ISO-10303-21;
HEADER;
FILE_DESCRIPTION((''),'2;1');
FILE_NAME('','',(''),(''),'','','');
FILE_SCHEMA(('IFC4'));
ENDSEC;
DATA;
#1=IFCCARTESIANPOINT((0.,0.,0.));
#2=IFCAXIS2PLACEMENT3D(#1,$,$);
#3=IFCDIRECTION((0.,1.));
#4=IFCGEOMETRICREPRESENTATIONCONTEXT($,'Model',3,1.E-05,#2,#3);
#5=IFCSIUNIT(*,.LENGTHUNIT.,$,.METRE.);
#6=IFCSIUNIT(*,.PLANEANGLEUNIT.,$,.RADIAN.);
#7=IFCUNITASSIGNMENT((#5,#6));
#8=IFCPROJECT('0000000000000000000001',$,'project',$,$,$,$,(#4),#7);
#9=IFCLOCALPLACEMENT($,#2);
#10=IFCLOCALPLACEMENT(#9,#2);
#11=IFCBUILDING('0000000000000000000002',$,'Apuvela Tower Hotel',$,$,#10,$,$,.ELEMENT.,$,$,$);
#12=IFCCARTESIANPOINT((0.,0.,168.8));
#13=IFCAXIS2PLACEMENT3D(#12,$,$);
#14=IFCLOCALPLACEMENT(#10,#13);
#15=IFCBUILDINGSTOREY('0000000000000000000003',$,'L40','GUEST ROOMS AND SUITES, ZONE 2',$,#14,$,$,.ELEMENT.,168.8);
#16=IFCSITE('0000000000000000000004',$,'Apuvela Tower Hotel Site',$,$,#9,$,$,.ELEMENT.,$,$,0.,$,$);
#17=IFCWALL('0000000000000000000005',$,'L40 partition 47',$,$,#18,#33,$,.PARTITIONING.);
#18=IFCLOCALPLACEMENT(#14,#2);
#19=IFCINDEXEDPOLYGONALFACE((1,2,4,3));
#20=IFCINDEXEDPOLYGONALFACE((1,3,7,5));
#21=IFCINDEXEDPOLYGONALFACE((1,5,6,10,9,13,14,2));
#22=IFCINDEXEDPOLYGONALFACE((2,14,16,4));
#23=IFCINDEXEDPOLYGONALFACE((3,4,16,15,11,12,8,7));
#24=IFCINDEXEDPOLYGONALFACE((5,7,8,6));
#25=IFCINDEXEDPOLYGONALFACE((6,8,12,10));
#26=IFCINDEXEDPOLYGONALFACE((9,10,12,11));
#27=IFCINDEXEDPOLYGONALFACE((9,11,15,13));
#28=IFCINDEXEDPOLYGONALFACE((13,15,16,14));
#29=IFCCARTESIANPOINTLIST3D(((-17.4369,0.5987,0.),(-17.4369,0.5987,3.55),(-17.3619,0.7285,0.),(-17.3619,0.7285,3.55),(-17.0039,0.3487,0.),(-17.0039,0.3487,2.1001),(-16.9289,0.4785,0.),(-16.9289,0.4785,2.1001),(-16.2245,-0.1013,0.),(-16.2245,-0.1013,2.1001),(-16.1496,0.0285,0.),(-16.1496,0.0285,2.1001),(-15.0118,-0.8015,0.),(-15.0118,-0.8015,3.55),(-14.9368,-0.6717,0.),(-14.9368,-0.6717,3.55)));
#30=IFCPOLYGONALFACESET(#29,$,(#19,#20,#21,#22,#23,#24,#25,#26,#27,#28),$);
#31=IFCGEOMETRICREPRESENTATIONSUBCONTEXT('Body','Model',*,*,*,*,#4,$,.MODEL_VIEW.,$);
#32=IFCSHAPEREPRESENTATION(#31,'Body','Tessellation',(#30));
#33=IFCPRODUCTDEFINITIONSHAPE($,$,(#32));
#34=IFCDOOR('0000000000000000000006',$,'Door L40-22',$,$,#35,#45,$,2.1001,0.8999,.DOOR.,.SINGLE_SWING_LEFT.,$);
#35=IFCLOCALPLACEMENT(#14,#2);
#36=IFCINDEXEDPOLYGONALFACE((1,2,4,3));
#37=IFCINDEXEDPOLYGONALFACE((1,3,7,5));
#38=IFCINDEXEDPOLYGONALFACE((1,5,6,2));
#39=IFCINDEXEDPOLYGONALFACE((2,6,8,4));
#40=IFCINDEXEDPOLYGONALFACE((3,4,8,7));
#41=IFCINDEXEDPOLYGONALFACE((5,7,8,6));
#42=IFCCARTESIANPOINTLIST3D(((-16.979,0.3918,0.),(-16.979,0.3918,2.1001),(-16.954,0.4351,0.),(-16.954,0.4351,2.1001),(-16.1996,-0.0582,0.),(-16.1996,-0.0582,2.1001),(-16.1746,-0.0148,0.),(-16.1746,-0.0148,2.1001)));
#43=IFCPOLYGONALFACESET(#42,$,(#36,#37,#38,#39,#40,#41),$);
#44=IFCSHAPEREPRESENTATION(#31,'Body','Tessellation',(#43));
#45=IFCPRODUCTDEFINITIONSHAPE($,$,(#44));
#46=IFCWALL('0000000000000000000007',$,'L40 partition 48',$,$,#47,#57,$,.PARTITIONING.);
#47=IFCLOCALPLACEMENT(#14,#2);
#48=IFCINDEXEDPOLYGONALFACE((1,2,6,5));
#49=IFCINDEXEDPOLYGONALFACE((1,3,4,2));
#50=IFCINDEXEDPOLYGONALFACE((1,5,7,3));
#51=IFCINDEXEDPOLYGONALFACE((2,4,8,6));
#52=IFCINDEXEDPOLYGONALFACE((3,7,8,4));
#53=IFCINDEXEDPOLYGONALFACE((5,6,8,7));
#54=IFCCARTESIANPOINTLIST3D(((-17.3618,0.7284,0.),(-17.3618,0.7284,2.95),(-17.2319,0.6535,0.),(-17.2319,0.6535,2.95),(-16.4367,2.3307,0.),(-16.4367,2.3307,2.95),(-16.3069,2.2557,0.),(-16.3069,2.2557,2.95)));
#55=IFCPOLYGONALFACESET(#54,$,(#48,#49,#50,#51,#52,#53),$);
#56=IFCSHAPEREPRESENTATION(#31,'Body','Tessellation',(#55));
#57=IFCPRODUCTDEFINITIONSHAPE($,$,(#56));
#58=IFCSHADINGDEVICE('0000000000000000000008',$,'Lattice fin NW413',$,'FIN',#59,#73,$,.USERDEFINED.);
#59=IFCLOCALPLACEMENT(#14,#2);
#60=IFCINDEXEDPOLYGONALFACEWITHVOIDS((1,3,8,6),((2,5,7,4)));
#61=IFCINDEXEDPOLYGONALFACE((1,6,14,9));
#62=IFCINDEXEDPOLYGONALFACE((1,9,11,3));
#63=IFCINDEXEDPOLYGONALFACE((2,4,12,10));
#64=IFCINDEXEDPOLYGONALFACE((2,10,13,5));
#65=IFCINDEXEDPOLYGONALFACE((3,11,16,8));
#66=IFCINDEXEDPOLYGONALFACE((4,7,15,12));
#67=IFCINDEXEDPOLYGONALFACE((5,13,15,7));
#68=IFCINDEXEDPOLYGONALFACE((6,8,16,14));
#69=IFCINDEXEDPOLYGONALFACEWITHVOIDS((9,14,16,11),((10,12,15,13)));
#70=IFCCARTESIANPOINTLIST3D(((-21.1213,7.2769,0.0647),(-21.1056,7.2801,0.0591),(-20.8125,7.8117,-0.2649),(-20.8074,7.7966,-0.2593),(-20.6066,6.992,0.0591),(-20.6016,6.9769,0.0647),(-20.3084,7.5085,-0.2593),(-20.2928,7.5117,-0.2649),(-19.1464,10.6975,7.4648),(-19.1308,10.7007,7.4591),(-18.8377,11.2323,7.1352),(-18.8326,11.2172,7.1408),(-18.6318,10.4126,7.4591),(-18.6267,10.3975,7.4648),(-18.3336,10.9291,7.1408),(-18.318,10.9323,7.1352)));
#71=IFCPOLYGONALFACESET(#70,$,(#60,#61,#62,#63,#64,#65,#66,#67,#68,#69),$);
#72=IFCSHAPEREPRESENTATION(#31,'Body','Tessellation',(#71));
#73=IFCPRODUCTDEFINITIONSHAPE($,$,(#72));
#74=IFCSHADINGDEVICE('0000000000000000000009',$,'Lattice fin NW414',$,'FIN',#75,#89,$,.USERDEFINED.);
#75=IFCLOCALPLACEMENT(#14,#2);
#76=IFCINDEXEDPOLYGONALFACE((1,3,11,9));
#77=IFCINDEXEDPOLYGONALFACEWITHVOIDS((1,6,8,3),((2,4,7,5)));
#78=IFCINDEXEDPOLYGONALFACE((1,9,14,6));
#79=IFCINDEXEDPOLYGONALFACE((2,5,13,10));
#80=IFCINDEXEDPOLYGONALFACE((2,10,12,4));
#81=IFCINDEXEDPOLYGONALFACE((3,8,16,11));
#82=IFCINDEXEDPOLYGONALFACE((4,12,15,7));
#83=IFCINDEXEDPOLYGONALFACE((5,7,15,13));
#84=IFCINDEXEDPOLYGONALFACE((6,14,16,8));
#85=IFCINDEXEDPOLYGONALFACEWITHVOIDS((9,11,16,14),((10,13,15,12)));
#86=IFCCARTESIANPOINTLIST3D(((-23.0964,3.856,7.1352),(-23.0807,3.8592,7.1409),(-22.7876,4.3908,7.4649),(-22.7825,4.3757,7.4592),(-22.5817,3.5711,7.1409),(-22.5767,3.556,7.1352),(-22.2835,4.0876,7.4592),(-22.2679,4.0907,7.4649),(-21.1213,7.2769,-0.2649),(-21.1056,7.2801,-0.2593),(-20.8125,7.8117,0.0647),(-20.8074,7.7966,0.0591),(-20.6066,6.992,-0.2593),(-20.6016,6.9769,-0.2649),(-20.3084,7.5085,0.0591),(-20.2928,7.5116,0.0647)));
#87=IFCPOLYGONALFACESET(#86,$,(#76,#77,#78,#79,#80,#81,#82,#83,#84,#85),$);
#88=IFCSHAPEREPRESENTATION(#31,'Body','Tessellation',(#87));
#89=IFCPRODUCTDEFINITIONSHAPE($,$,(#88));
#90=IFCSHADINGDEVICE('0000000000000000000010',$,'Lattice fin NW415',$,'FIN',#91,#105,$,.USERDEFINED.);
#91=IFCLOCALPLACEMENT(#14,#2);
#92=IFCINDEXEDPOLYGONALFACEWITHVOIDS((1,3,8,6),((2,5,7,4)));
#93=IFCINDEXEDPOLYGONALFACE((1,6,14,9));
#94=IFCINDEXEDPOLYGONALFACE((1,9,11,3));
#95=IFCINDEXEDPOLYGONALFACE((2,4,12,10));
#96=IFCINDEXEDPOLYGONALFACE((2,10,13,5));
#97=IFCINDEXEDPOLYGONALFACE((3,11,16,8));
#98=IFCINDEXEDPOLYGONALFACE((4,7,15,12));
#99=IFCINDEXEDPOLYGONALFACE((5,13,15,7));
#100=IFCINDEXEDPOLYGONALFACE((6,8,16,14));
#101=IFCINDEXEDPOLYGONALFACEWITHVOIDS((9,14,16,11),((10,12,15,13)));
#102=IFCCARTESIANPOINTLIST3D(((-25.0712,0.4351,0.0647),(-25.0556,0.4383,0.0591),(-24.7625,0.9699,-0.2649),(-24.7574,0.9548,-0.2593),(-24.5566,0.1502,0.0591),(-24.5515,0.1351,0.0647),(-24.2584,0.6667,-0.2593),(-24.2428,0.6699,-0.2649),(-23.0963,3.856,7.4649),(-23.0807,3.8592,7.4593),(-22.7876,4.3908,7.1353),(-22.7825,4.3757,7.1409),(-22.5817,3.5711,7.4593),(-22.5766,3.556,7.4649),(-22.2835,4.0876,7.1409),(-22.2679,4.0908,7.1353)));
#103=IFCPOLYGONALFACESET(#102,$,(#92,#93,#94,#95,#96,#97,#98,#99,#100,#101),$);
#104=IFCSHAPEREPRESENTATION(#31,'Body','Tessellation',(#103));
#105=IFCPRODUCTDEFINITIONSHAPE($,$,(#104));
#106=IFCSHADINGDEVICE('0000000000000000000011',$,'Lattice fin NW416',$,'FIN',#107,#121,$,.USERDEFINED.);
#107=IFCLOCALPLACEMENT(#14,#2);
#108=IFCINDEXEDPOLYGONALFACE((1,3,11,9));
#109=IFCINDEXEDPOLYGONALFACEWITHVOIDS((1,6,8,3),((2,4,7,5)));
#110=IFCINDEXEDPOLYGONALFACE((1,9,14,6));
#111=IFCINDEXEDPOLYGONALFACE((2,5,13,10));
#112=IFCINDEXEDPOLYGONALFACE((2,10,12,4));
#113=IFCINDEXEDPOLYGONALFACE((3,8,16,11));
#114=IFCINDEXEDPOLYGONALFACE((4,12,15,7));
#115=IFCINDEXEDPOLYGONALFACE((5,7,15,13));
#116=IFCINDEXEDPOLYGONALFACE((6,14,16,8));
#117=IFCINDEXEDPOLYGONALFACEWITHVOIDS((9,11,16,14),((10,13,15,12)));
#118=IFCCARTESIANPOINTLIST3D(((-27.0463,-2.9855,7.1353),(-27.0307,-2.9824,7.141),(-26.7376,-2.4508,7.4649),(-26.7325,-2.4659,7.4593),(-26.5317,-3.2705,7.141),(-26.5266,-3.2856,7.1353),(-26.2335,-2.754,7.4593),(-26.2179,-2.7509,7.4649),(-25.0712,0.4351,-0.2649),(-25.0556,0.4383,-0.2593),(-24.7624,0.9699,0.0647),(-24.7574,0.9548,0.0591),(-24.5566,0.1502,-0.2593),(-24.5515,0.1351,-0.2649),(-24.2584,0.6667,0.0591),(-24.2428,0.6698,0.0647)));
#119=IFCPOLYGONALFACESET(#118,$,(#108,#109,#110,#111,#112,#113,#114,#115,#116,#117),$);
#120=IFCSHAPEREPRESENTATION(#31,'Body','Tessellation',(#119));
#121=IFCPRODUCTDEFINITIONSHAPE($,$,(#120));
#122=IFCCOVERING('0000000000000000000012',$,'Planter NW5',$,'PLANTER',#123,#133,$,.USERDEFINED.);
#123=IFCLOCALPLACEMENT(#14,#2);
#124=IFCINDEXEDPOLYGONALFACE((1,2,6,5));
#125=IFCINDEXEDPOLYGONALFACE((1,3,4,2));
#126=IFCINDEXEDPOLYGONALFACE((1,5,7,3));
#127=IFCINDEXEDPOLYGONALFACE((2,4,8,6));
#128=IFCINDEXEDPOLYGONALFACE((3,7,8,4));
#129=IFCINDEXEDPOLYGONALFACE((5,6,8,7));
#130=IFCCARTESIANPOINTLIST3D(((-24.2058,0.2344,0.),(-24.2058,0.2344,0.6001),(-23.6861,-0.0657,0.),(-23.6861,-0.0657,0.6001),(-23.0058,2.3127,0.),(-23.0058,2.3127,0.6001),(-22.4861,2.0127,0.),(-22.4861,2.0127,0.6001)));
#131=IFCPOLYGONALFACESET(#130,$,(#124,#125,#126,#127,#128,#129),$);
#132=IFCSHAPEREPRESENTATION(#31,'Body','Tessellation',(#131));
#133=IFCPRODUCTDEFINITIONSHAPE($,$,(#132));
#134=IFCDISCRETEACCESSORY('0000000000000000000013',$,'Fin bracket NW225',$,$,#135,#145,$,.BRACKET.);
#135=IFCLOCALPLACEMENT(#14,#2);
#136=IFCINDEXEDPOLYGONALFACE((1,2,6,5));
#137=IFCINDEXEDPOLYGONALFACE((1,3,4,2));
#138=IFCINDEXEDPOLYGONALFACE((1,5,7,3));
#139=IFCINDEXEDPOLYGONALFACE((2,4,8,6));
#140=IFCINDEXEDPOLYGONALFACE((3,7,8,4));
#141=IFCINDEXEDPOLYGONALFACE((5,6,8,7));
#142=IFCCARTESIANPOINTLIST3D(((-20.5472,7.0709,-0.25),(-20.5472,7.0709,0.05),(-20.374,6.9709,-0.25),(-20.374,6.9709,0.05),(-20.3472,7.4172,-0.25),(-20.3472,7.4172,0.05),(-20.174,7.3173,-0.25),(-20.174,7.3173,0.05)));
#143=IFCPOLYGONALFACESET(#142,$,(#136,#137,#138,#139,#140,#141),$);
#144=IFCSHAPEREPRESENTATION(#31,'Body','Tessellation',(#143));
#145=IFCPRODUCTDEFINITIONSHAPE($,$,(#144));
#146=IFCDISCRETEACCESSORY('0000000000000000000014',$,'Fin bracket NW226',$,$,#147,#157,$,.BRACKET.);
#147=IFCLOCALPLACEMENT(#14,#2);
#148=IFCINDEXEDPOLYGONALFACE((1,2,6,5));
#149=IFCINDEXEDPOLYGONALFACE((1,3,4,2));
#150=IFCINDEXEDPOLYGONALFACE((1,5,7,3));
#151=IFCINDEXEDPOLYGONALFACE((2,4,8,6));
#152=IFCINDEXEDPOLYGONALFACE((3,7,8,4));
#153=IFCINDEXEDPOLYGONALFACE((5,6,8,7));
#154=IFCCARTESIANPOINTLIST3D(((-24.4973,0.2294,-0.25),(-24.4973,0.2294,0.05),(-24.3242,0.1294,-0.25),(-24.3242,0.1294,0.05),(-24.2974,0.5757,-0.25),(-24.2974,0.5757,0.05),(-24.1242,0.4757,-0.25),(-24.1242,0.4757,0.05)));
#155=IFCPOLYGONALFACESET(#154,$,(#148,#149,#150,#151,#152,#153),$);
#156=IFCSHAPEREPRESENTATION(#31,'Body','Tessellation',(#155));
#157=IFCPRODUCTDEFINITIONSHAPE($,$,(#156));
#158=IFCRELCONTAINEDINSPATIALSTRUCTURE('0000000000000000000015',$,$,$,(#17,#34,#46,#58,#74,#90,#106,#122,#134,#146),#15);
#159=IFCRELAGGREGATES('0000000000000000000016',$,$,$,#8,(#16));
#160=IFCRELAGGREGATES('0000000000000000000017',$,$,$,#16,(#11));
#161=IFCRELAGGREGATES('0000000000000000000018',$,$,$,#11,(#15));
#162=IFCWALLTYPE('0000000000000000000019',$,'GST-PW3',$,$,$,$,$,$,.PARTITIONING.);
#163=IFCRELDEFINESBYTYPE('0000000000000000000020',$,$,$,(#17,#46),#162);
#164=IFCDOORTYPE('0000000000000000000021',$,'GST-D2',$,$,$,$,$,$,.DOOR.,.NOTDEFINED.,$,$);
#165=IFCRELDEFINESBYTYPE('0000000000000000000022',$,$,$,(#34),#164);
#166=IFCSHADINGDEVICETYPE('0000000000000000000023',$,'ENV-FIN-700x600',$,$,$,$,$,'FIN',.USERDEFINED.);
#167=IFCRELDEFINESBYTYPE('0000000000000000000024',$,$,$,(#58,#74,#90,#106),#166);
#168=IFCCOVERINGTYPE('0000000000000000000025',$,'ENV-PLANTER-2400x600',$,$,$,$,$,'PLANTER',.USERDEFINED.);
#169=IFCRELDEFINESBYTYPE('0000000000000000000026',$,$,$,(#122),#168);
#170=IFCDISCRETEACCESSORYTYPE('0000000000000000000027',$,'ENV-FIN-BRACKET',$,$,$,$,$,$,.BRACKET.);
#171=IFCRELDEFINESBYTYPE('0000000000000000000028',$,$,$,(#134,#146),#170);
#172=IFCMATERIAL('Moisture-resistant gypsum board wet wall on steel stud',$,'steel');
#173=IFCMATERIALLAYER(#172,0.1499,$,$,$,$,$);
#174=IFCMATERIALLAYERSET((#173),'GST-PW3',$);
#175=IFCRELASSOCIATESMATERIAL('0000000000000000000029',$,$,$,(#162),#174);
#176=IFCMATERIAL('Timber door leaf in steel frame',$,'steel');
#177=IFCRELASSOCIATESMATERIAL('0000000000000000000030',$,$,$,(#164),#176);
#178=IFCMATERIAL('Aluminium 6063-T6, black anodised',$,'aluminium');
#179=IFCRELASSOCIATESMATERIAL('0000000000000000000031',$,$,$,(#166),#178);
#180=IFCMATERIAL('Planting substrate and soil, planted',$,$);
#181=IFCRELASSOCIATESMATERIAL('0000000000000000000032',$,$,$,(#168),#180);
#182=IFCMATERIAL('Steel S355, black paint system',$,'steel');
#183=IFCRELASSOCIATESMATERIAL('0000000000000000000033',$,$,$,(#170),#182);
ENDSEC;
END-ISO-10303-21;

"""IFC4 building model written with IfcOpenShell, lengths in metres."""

from ifc_helpers import new_model, si_unit, direction, frame, frame_2d, origin, origin_2d, place, context, subcontext, project, spatial, rectangle, hollow_rectangle, extrude, material, layer, layer_set, material_profile, profile_set, type_object, element, fill, save


model = new_model("IFC4")

# Units and contexts
model_context = context("Model", 3, precision=1e-05, world=origin(), true_north=direction((0.0, 1.0)))
body_context = subcontext(model_context, "Body", "Model", "MODEL_VIEW")
ifc_project = project(units=[si_unit("LENGTHUNIT", "METRE"), si_unit("PLANEANGLEUNIT", "RADIAN")], contexts=[model_context])

# Site, building, storey
site_placement = place(None, origin())
site = spatial("IfcSite", under=ifc_project, at=site_placement, Name="Apuvela Tower Hotel Site", CompositionType="ELEMENT", RefElevation=0.0)
building_placement = place(site_placement, origin())
building = spatial("IfcBuilding", under=site, at=building_placement, Name="Apuvela Tower Hotel", CompositionType="ELEMENT")
storey_placement = place(building_placement, frame((0.0, 0.0, 168.8)))
storey = spatial("IfcBuildingStorey", under=building, at=storey_placement, Name="L40", Description="GUEST ROOMS AND SUITES, ZONE 2", CompositionType="ELEMENT", Elevation=168.8)

# Shared definitions
ifc_material_1 = material(Name="Moisture-resistant gypsum board wet wall on steel stud", Category="steel")
ifc_layer_1 = layer(ifc_material_1, 0.1499)
ifc_layer_set_1 = layer_set([ifc_layer_1], Name="GST-PW3")
wall_type_1 = type_object("IfcWallType", Name="GST-PW3", PredefinedType="PARTITIONING", material=ifc_layer_set_1)

# Wall, opening, door
wall_1_placement = place(storey_placement, frame((-17.3994, 0.6636, 0.0), z_axis=(0.0, 0.0, 1.0), x_axis=(0.866019, -0.500012, 0.0)))
wall_1 = element("IfcWall", 1, at=wall_1_placement, inside=storey, type_object=wall_type_1, Name="L40 partition 47", PredefinedType="PARTITIONING", context=body_context, shape_type="SweptSolid", body=[
    extrude(rectangle(XDim=2.8003, YDim=0.1499, at=frame_2d((1.4001, 0.0))), origin(), (0.0, 0.0, 1.0), 3.55),
])
opening_1_placement = place(wall_1_placement, frame((0.5, 0.0, 0.0)))
opening_1 = element("IfcOpeningElement", 2, at=opening_1_placement, cuts=wall_1, PredefinedType="OPENING", context=body_context, shape_type="SweptSolid", body=[
    extrude(rectangle(XDim=0.8999, YDim=2.1001, at=frame_2d((0.45, 1.05))), frame((0.0, 0.085, 0.0), z_axis=(0.0, -1.0, 0.0), x_axis=(1.0, 0.0, 0.0)), (0.0, 0.0, 1.0), 0.1699),
])
ifc_material_2 = material(Name="Timber door leaf in steel frame", Category="steel")
door_type_1 = type_object("IfcDoorType", Name="GST-D2", OperationType="NOTDEFINED", PredefinedType="DOOR", material=ifc_material_2)
door_1_placement = place(opening_1_placement, origin())
door_1 = element("IfcDoor", 3, at=door_1_placement, inside=storey, type_object=door_type_1, Name="Door L40-22", OperationType="SINGLE_SWING_LEFT", OverallHeight=2.1001, OverallWidth=0.8999, PredefinedType="DOOR", context=body_context, shape_type="SweptSolid", body=[
    extrude(rectangle(XDim=0.8999, YDim=2.1001, at=frame_2d((0.45, 1.05))), frame((0.0, 0.0249, 0.0), z_axis=(0.0, -1.0, 0.0), x_axis=(1.0, 0.0, 0.0)), (0.0, 0.0, 1.0), 0.05),
])
fill(opening_1, door_1)

# Wall
wall_2_placement = place(storey_placement, frame((-16.3718, 2.2932, 0.0), z_axis=(0.0, 0.0, 1.0), x_axis=(-0.499985, -0.866034, 0.0)))
element("IfcWall", 4, at=wall_2_placement, inside=storey, type_object=wall_type_1, Name="L40 partition 48", PredefinedType="PARTITIONING", context=body_context, shape_type="SweptSolid", body=[
    extrude(rectangle(XDim=1.8501, YDim=0.1499, at=frame_2d((0.925, 0.0))), origin(), (0.0, 0.0, 1.0), 2.95),
])

# Shading devices
ifc_material_3 = material(Name="Aluminium 6063-T6, black anodised", Category="aluminium")
ifc_material_profile_1 = material_profile(ifc_material_3, hollow_rectangle(XDim=0.6001, YDim=0.7, WallThickness=0.012, at=origin_2d()), Name="AL BOX 700x600x12")
ifc_profile_set_1 = profile_set([ifc_material_profile_1], Name="Aluminium 6063-T6, black anodised")
shading_device_type = type_object("IfcShadingDeviceType", Name="ENV-FIN-700x600", ElementType="FIN", PredefinedType="USERDEFINED", material=ifc_profile_set_1)
shading_device_placement = place(storey_placement, frame((-20.707, 7.3943, -0.1001), z_axis=(0.23543, 0.40779, 0.882202), x_axis=(-0.866032, 0.499988, 0.0)))
element("IfcShadingDevice", 5, at=shading_device_placement, inside=storey, type_object=shading_device_type, Name="Lattice fin NW413", ObjectType="FIN", PredefinedType="USERDEFINED", context=body_context, shape_type="SweptSolid", body=[
    extrude(hollow_rectangle(XDim=0.6001, YDim=0.7, WallThickness=0.012, at=origin_2d()), origin(), (0.0, 0.0, 1.0), 8.3882),
])
for number, where, z_axis, x_axis, name in (
    (6, (-20.707, 7.3943, -0.1001), (-0.235455, -0.407812, 0.882185), (0.866021, -0.500008, 0.0), "Lattice fin NW414"),
    (7, (-24.657, 0.5525, -0.1001), (0.235428, 0.407814, 0.882191), (-0.866048, 0.499961, 0.0), "Lattice fin NW415"),
    (8, (-24.657, 0.5525, -0.1001), (-0.235458, -0.407787, 0.882196), (0.866005, -0.500035, 0.0), "Lattice fin NW416"),
):
    element("IfcShadingDevice", number, at=place(storey_placement, frame(where, z_axis=z_axis, x_axis=x_axis)), inside=storey, type_object=shading_device_type, Name=name, ObjectType="FIN", PredefinedType="USERDEFINED", context=body_context, shape_type="SweptSolid", body=[
        extrude(hollow_rectangle(XDim=0.6001, YDim=0.7, WallThickness=0.012, at=origin_2d()), origin(), (0.0, 0.0, 1.0), 8.3884),
    ])

# Covering
ifc_material_4 = material(Name="Planting substrate and soil, planted")
covering_type = type_object("IfcCoveringType", Name="ENV-PLANTER-2400x600", ElementType="PLANTER", PredefinedType="USERDEFINED", material=ifc_material_4)
covering_placement = place(storey_placement, frame((-23.3459, 1.1235, 0.0), z_axis=(0.0, 0.0, 1.0), x_axis=(-0.5, -0.866025, 0.0)))
element("IfcCovering", 9, at=covering_placement, inside=storey, type_object=covering_type, Name="Planter NW5", ObjectType="PLANTER", PredefinedType="USERDEFINED", context=body_context, shape_type="SweptSolid", body=[
    extrude(rectangle(XDim=2.3999, YDim=0.6001, at=origin_2d()), origin(), (0.0, 0.0, 1.0), 0.6001),
])

# Discrete accessories
ifc_material_5 = material(Name="Steel S355, black paint system", Category="steel")
discrete_accessory_type = type_object("IfcDiscreteAccessoryType", Name="ENV-FIN-BRACKET", PredefinedType="BRACKET", material=ifc_material_5)
for number, where, z_axis, x_axis, name in (
    (10, (-20.3606, 7.1941, -0.25), (0.0, 0.0, 1.0), (-0.5, -0.866025, 0.0), "Fin bracket NW225"),
    (11, (-24.3108, 0.3525, -0.25), (0.0, 0.0, 1.0), (-0.5, -0.866025, 0.0), "Fin bracket NW226"),
):
    element("IfcDiscreteAccessory", number, at=place(storey_placement, frame(where, z_axis=z_axis, x_axis=x_axis)), inside=storey, type_object=discrete_accessory_type, Name=name, PredefinedType="BRACKET", context=body_context, shape_type="SweptSolid", body=[
        extrude(rectangle(XDim=0.3999, YDim=0.2, at=origin_2d()), origin(), (0.0, 0.0, 1.0), 0.3),
    ])

save(model, "model.ifc")
